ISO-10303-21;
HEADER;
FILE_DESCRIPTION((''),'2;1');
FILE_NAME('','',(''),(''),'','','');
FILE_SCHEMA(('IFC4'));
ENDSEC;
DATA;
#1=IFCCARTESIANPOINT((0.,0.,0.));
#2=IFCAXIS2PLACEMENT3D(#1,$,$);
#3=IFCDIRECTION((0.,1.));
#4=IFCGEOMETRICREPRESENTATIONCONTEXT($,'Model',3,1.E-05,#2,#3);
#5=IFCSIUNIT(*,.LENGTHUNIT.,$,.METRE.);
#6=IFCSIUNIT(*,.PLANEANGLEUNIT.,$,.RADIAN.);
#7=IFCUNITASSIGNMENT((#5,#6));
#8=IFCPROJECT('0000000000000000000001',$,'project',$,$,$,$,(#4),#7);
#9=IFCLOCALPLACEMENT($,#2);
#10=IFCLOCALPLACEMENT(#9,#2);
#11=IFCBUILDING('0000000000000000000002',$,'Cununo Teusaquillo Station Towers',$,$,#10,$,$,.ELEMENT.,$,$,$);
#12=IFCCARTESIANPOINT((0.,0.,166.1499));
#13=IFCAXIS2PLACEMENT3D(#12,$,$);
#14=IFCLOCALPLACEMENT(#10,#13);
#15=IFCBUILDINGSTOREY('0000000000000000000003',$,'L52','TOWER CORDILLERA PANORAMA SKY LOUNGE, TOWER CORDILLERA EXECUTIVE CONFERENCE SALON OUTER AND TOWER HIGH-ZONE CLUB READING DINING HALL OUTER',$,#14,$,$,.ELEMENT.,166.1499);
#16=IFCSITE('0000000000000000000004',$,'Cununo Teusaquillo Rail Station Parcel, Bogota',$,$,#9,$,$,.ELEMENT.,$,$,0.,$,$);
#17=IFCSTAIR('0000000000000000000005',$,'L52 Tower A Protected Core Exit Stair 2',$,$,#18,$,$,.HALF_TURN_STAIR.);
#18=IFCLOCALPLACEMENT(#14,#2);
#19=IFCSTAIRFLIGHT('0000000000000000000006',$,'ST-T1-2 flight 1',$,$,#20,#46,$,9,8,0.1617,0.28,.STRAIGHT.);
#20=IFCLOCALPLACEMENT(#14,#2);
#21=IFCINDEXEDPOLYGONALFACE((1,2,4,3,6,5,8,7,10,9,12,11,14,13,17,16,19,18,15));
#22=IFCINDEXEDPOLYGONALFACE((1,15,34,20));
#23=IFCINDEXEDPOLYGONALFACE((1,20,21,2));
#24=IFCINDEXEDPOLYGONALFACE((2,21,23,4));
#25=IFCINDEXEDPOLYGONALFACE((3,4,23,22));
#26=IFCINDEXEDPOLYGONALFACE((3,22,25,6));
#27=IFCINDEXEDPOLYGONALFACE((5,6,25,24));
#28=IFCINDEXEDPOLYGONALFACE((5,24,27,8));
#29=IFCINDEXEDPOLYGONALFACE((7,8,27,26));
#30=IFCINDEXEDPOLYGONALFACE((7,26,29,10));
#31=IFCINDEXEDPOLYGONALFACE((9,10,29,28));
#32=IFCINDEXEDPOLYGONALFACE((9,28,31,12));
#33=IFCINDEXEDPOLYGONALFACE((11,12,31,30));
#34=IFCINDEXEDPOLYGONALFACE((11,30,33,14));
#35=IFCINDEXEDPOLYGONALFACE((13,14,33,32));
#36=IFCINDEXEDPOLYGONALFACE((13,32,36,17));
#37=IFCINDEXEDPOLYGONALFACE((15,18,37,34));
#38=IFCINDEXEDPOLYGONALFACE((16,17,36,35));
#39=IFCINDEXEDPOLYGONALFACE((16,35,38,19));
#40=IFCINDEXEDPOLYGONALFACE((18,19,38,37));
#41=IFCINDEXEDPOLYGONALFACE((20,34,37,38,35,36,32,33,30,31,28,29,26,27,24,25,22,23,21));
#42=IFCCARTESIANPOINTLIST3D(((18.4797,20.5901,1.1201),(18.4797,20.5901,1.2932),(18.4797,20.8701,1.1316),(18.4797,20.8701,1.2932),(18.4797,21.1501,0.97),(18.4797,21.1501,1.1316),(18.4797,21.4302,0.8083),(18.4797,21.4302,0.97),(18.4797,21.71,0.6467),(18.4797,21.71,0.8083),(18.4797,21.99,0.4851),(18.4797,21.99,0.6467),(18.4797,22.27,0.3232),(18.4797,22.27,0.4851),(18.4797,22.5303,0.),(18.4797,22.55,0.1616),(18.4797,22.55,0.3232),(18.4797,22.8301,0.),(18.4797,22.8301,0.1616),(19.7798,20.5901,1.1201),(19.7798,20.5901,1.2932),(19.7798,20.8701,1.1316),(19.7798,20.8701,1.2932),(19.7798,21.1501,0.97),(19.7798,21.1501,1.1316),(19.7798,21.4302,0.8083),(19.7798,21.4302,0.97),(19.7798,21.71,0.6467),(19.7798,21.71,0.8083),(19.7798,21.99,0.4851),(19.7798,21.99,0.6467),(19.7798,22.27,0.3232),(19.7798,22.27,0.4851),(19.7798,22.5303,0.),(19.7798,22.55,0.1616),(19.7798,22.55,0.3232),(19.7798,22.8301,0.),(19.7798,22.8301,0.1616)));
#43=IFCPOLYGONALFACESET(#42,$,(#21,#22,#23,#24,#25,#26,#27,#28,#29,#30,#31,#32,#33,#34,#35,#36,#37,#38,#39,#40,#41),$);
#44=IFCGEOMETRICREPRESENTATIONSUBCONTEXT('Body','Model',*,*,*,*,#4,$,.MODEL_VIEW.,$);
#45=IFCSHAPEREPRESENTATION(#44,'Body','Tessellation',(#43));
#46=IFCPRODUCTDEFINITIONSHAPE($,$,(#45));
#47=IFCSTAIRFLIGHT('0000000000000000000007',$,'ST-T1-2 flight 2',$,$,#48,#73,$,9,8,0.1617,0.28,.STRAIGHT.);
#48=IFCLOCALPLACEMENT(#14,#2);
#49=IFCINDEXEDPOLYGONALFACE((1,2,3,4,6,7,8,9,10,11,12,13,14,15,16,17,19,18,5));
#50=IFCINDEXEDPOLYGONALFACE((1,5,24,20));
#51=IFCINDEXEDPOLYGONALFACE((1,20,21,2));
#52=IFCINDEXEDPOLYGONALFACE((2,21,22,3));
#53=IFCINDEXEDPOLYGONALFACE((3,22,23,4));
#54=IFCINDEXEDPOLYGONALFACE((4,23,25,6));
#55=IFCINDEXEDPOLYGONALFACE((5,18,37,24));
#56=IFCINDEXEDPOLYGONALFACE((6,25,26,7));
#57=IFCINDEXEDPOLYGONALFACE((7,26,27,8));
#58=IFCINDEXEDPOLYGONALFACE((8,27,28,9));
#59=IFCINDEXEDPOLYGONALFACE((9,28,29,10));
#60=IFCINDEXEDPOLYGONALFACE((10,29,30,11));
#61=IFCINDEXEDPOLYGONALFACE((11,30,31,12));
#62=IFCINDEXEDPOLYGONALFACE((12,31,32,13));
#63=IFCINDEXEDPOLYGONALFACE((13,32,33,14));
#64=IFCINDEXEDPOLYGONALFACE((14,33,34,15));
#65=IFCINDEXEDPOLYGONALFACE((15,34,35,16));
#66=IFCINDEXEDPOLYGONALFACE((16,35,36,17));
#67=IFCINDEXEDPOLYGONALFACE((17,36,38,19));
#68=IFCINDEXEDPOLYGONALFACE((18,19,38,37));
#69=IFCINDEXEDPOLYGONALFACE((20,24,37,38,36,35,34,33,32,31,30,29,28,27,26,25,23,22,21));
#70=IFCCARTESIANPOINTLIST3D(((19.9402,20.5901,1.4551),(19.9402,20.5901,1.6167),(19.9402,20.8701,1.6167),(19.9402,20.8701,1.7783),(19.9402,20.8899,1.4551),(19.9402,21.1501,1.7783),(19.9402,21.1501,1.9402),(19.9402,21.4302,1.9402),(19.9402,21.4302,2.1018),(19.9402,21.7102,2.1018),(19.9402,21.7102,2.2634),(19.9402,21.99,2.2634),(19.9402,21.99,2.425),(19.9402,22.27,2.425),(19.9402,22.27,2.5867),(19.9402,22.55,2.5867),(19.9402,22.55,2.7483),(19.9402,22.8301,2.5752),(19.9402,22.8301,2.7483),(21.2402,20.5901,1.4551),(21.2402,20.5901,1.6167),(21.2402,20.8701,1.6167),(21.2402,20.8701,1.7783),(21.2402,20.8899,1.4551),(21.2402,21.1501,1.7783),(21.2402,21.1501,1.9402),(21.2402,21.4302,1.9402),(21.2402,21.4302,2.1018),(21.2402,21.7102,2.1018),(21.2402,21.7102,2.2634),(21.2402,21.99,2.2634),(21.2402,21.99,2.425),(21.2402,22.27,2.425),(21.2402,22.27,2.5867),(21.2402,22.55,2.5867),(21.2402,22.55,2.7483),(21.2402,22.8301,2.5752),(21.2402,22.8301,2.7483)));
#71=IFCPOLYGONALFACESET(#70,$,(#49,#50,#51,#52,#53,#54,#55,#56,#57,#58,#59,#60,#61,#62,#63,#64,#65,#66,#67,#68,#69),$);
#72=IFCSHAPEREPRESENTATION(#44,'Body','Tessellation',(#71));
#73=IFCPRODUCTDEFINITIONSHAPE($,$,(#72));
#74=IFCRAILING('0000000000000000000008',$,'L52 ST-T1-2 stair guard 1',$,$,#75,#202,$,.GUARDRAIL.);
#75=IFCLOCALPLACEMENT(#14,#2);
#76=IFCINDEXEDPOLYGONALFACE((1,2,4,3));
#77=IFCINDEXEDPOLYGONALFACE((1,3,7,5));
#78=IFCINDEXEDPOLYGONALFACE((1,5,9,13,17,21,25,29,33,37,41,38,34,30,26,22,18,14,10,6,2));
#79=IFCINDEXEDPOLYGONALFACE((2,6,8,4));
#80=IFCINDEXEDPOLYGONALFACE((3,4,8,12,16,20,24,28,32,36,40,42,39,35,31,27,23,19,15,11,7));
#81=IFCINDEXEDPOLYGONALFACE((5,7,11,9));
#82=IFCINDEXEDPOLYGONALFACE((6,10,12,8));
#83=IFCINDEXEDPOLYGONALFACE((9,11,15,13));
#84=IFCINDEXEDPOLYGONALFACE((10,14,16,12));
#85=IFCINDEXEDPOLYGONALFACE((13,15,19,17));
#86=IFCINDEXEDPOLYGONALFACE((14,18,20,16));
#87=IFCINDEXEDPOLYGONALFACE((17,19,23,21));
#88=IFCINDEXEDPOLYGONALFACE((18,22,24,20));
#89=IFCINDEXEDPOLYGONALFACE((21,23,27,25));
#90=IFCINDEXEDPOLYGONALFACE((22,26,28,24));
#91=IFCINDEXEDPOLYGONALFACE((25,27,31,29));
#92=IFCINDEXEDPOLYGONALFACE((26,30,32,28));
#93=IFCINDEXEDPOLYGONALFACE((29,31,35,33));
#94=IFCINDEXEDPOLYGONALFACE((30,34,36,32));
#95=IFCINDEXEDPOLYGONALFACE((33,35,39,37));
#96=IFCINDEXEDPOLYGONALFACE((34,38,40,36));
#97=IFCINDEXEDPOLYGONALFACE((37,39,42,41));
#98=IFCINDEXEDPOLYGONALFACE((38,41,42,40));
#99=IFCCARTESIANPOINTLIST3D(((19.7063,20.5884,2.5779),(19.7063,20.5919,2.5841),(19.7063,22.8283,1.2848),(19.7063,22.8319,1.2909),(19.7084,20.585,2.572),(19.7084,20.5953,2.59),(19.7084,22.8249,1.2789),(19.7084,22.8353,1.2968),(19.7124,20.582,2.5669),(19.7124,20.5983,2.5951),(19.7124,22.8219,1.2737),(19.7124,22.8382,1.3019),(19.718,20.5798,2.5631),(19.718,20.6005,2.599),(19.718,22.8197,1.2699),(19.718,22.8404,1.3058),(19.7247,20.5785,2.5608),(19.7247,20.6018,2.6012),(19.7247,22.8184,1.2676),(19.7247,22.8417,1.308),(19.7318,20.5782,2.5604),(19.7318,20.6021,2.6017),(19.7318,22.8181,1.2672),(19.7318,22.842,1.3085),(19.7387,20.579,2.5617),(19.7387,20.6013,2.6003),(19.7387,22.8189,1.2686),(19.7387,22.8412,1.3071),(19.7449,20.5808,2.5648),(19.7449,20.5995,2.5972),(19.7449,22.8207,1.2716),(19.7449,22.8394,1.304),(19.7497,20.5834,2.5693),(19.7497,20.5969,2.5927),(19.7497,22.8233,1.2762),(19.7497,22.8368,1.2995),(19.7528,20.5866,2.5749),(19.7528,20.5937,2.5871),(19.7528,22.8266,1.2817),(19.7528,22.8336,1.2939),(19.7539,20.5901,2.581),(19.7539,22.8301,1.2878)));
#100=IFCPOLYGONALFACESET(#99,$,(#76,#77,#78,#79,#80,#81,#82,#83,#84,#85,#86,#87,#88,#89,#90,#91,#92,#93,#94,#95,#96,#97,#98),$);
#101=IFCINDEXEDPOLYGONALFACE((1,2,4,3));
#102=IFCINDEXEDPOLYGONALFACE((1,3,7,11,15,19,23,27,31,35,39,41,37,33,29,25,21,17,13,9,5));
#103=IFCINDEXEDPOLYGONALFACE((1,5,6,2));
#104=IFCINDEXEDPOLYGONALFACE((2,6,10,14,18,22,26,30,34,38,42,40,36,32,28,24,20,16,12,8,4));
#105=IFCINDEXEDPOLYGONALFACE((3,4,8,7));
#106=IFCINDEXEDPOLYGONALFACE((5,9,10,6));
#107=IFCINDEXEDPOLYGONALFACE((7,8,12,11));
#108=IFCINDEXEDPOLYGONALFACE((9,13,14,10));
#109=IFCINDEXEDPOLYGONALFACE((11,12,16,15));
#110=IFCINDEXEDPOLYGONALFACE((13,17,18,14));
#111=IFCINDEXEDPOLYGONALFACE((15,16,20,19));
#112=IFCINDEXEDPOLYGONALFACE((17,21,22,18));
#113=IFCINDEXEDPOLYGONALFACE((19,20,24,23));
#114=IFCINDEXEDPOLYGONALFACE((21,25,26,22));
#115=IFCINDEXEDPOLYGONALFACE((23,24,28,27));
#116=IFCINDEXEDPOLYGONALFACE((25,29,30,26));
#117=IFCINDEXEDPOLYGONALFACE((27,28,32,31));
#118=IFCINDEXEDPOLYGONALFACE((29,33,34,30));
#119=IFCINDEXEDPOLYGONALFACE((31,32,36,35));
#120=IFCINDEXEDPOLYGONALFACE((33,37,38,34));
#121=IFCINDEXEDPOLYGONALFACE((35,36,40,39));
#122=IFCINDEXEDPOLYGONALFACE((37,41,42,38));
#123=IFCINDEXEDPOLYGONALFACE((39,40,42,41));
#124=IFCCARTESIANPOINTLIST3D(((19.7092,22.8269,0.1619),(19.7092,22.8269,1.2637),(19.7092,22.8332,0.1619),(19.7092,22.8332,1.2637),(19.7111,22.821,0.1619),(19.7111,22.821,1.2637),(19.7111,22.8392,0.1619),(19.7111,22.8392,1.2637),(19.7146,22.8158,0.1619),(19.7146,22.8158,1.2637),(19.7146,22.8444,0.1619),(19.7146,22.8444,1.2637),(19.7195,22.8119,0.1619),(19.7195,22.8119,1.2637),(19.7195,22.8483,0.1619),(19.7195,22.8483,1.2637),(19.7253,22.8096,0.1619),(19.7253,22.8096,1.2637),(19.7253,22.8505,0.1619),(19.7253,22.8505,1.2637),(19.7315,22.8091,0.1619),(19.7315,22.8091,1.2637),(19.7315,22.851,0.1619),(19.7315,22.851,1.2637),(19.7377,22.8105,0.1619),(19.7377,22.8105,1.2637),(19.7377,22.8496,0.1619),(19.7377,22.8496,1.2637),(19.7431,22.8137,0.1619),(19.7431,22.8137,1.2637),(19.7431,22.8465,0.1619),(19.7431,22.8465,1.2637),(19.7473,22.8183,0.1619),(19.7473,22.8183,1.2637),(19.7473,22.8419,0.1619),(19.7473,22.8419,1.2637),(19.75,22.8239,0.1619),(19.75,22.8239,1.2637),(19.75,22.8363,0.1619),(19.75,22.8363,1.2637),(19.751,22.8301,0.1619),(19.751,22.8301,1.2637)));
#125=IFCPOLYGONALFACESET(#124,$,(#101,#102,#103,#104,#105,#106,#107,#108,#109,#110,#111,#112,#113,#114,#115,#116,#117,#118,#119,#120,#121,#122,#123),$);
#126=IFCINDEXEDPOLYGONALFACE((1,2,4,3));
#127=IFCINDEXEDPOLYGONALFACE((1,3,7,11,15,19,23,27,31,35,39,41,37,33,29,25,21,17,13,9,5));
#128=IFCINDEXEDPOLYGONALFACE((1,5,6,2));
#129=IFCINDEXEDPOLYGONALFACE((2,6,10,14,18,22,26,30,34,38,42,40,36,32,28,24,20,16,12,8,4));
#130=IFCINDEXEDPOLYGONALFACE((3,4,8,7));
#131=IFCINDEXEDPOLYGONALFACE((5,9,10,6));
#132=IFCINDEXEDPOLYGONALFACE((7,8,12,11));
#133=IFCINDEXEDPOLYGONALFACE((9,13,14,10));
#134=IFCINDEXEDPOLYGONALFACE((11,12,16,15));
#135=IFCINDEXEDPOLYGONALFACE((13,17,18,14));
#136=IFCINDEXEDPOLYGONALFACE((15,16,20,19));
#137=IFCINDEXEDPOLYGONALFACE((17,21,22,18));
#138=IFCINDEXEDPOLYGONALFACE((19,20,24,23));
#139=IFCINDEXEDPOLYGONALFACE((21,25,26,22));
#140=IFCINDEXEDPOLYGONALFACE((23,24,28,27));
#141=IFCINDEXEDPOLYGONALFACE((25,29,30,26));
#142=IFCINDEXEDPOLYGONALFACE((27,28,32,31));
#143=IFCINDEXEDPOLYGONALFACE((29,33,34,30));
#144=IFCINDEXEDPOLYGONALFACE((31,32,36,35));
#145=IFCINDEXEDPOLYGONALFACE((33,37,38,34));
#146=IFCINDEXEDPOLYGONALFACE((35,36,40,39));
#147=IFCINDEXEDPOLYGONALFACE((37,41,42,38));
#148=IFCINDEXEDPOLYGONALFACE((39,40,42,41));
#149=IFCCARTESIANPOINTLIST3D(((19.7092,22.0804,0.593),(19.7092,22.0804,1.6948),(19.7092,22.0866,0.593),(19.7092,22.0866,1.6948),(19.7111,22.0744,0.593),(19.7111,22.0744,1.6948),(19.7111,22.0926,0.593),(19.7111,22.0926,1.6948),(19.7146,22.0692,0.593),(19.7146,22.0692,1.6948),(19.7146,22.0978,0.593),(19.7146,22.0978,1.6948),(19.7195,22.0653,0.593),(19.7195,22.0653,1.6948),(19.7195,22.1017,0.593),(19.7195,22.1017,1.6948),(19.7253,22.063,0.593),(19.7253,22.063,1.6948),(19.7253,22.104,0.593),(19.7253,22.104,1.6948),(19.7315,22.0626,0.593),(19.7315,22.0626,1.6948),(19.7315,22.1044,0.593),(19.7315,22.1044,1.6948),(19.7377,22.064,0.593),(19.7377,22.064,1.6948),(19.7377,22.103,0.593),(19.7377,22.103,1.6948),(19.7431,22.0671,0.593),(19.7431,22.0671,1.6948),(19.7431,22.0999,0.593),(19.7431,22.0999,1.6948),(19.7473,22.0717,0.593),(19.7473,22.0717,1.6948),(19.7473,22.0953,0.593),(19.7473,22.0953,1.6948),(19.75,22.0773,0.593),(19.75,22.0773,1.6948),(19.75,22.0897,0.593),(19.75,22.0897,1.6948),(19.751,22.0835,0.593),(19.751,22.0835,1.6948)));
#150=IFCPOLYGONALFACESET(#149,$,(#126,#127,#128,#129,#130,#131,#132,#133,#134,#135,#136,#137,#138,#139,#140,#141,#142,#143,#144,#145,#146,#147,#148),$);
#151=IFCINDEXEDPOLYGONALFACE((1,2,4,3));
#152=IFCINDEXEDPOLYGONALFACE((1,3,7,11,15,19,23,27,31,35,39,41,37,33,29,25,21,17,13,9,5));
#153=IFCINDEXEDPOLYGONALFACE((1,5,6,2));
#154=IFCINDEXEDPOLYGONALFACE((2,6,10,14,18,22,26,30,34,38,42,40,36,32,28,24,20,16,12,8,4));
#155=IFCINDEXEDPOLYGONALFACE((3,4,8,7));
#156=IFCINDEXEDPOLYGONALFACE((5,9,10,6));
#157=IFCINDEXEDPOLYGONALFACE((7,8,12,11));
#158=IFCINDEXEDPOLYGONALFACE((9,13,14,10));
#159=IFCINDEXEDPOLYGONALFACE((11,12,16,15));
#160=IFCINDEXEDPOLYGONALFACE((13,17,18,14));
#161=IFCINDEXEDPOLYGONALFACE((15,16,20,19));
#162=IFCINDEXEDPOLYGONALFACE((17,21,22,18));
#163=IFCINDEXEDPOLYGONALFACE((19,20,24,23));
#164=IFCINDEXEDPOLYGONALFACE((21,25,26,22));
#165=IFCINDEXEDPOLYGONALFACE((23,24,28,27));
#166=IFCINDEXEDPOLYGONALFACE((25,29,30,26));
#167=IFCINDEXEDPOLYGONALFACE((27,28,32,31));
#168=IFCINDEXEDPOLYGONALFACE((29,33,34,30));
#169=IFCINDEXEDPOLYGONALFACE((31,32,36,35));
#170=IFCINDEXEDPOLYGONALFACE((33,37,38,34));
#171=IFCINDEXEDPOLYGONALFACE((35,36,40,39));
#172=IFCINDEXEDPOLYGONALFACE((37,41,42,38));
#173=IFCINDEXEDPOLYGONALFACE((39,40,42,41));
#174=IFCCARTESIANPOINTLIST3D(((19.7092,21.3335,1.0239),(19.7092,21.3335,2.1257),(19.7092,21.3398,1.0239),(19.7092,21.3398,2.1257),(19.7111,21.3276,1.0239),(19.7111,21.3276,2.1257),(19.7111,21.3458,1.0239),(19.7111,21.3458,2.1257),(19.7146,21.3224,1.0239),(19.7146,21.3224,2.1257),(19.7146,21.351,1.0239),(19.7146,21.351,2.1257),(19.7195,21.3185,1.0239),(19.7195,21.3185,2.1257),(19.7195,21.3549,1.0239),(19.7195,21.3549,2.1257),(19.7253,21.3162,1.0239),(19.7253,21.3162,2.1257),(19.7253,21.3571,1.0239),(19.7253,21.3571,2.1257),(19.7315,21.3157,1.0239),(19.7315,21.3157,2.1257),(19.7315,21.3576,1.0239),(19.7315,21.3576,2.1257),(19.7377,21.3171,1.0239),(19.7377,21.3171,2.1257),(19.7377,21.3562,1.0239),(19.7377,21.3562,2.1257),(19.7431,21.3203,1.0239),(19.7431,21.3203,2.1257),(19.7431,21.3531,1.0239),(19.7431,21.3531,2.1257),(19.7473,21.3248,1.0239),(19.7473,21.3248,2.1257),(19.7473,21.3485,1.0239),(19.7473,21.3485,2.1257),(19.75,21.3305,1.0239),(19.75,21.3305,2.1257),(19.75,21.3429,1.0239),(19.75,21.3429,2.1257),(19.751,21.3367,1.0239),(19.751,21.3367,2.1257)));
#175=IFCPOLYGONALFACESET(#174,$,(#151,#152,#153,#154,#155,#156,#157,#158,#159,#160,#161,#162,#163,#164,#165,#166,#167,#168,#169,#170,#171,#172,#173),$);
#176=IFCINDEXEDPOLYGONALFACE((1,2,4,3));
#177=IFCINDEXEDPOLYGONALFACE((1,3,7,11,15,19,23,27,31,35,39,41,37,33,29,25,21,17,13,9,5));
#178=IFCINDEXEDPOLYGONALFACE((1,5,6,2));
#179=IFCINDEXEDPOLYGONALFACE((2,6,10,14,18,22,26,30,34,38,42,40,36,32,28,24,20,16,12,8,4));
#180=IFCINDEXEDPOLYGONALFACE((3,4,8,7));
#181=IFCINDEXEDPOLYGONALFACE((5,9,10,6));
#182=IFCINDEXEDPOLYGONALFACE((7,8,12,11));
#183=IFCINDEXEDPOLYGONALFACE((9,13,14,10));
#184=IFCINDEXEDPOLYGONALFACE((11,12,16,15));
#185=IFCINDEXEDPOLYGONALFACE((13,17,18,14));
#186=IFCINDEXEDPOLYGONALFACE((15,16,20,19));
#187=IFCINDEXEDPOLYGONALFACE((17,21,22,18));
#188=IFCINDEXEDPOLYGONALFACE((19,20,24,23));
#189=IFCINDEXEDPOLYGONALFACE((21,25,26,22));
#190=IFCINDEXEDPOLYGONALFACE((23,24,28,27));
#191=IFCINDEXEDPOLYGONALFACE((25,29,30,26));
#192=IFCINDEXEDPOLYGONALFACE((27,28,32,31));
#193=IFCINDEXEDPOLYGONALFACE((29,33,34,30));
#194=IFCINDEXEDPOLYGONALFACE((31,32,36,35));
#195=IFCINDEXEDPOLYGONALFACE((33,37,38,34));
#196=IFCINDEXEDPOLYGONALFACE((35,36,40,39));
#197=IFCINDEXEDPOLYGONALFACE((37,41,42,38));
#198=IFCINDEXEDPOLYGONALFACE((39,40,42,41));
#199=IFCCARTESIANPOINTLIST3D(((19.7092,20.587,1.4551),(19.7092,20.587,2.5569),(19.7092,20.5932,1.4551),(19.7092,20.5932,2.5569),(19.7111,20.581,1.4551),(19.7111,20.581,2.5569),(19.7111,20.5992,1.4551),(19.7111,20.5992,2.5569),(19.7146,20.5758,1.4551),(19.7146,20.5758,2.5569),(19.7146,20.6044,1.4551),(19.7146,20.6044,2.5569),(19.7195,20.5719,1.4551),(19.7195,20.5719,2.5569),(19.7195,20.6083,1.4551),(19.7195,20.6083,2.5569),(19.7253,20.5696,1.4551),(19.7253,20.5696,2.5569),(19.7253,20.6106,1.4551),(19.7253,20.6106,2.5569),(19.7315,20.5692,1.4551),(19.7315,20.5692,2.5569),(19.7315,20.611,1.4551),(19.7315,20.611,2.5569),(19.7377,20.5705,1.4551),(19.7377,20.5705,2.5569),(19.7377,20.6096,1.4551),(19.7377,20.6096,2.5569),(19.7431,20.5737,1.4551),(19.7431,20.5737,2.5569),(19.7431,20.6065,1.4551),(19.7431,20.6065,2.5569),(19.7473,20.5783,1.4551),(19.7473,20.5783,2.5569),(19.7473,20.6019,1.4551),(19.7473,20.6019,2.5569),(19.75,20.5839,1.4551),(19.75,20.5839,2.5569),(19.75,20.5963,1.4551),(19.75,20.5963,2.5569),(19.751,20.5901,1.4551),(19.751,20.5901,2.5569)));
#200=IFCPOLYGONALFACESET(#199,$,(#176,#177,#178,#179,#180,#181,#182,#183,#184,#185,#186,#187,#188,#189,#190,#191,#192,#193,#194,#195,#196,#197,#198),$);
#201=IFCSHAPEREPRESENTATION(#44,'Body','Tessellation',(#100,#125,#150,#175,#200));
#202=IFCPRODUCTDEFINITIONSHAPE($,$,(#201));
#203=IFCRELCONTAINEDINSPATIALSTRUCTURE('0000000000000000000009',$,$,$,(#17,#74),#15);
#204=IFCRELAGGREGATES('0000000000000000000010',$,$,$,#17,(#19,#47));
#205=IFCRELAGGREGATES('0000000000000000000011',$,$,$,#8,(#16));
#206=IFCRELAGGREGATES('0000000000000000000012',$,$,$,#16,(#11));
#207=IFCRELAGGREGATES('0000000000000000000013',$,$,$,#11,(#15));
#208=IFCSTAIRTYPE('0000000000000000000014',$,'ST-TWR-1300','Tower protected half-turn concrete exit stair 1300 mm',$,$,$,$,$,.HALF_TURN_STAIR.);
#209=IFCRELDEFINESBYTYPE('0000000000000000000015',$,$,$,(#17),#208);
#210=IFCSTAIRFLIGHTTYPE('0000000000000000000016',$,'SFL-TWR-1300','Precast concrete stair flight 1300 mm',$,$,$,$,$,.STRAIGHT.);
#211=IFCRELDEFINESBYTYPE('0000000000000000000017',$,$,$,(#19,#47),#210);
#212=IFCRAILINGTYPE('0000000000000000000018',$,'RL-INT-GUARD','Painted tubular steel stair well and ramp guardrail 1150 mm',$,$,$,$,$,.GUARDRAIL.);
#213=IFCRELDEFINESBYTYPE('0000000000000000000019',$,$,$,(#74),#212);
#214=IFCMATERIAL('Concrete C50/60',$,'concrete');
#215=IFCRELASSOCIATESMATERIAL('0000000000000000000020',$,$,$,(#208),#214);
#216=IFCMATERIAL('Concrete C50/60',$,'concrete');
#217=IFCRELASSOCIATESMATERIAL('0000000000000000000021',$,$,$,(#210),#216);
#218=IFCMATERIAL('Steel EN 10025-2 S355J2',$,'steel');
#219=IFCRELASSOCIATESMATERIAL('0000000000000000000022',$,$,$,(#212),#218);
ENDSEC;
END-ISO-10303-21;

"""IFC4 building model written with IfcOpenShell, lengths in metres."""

from ifc_helpers import new_model, si_unit, direction, frame, origin, origin_2d, place, context, subcontext, project, spatial, polyline, circle, outline, extrude, material, type_object, element, aggregate, save


model = new_model("IFC4")

# Units and contexts
model_context = context("Model", 3, precision=1e-05, world=origin(), true_north=direction((0.0, 1.0)))
body_context = subcontext(model_context, "Body", "Model", "MODEL_VIEW")
ifc_project = project(units=[si_unit("LENGTHUNIT", "METRE"), si_unit("PLANEANGLEUNIT", "RADIAN")], contexts=[model_context])

# Site, building, storey
site_placement = place(None, origin())
site = spatial("IfcSite", under=ifc_project, at=site_placement, Name="Cununo Teusaquillo Rail Station Parcel, Bogota", CompositionType="ELEMENT", RefElevation=0.0)
building_placement = place(site_placement, origin())
building = spatial("IfcBuilding", under=site, at=building_placement, Name="Cununo Teusaquillo Station Towers", CompositionType="ELEMENT")
storey_placement = place(building_placement, frame((0.0, 0.0, 166.1499)))
storey = spatial("IfcBuildingStorey", under=building, at=storey_placement, Name="L52", Description="TOWER CORDILLERA PANORAMA SKY LOUNGE, TOWER CORDILLERA EXECUTIVE CONFERENCE SALON OUTER AND TOWER HIGH-ZONE CLUB READING DINING HALL OUTER", CompositionType="ELEMENT", Elevation=166.1499)

# Stair, stair flights
ifc_material_1 = material(Name="Concrete C50/60", Category="concrete")
stair_type = type_object("IfcStairType", Name="ST-TWR-1300", Description="Tower protected half-turn concrete exit stair 1300 mm", PredefinedType="HALF_TURN_STAIR", material=ifc_material_1)
stair_placement = place(storey_placement, origin())
stair = element("IfcStair", 1, at=stair_placement, inside=storey, type_object=stair_type, Name="L52 Tower A Protected Core Exit Stair 2", PredefinedType="HALF_TURN_STAIR")
ifc_material_2 = material(Name="Concrete C50/60", Category="concrete")
stair_flight_type = type_object("IfcStairFlightType", Name="SFL-TWR-1300", Description="Precast concrete stair flight 1300 mm", PredefinedType="STRAIGHT", material=ifc_material_2)
stair_flight_1_placement = place(storey_placement, frame((19.1299, 22.8301, 0.0), z_axis=(0.0, 0.0, 1.0), x_axis=(0.0, -1.0, 0.0)))
stair_flight_1 = element("IfcStairFlight", 2, at=stair_flight_1_placement, type_object=stair_flight_type, Name="ST-T1-2 flight 1", NumberOfRisers=9, NumberOfTreads=8, PredefinedType="STRAIGHT", RiserHeight=0.1617, TreadLength=0.28, context=body_context, shape_type="SweptSolid", body=[
    extrude(outline(polyline([(0.0, 0.0), (0.0, 0.1616), (0.28, 0.1616), (0.28, 0.3232), (0.5601, 0.3232), (0.5601, 0.4851), (0.8401, 0.4851), (0.8401, 0.6467), (1.1201, 0.6467), (1.1201, 0.8083), (1.3999, 0.8083), (1.3999, 0.97), (1.6799, 0.97), (1.6799, 1.1316), (1.96, 1.1316), (1.96, 1.2932), (2.24, 1.2932), (2.24, 1.4551), (2.24, 1.1201), (0.2998, 0.0), (0.0, 0.0)])), frame((0.0, 0.6499, 0.0), z_axis=(0.0, -1.0, 0.0), x_axis=(1.0, 0.0, 0.0)), (0.0, 0.0, 1.0), 1.3),
])
stair_flight_2_placement = place(storey_placement, frame((20.5901, 20.5901, 1.4551), z_axis=(0.0, 0.0, 1.0), x_axis=(0.0, 1.0, 0.0)))
stair_flight_2 = element("IfcStairFlight", 3, at=stair_flight_2_placement, type_object=stair_flight_type, Name="ST-T1-2 flight 2", NumberOfRisers=9, NumberOfTreads=8, PredefinedType="STRAIGHT", RiserHeight=0.1617, TreadLength=0.28, context=body_context, shape_type="SweptSolid", body=[
    extrude(outline(polyline([(0.0, 0.0), (0.0, 0.1616), (0.28, 0.1616), (0.28, 0.3232), (0.5601, 0.3232), (0.5601, 0.4851), (0.8401, 0.4851), (0.8401, 0.6467), (1.1201, 0.6467), (1.1201, 0.8083), (1.3999, 0.8083), (1.3999, 0.97), (1.6799, 0.97), (1.6799, 1.1316), (1.96, 1.1316), (1.96, 1.2932), (2.24, 1.2932), (2.24, 1.4551), (2.24, 1.1201), (0.2998, 0.0), (0.0, 0.0)])), frame((0.0, 0.6499, 0.0), z_axis=(0.0, -1.0, 0.0), x_axis=(1.0, 0.0, 0.0)), (0.0, 0.0, 1.0), 1.3),
])
aggregate(stair, [stair_flight_1, stair_flight_2])

# Railing
ifc_material_3 = material(Name="Steel EN 10025-2 S355J2", Category="steel")
railing_type_1 = type_object("IfcRailingType", Name="RL-INT-GUARD", Description="Painted tubular steel stair well and ramp guardrail 1150 mm", PredefinedType="GUARDRAIL", material=ifc_material_3)
railing_1_placement = place(storey_placement, frame((19.73, 22.8301, 0.1619)))
element("IfcRailing", 4, at=railing_1_placement, inside=storey, type_object=railing_type_1, Name="L52 ST-T1-2 stair guard 1", PredefinedType="GUARDRAIL", context=body_context, shape_type="SweptSolid", body=[
    extrude(circle(Radius=0.0239, at=origin_2d()), frame((0.0, 0.0, 1.126), z_axis=(0.0, -0.866033, 0.499987), x_axis=(1.0, 0.0, 0.0)), (0.0, 0.0, 1.0), 2.5864),
    extrude(circle(Radius=0.021, at=origin_2d()), origin(), (0.0, 0.0, 1.0), 1.1018),
    extrude(circle(Radius=0.021, at=origin_2d()), frame((0.0, -0.7466, 0.4312)), (0.0, 0.0, 1.0), 1.1018),
    extrude(circle(Radius=0.021, at=origin_2d()), frame((0.0, -1.4934, 0.8621)), (0.0, 0.0, 1.0), 1.1018),
    extrude(circle(Radius=0.021, at=origin_2d()), frame((0.0, -2.24, 1.2932)), (0.0, 0.0, 1.0), 1.1018),
])

save(model, "model.ifc")
